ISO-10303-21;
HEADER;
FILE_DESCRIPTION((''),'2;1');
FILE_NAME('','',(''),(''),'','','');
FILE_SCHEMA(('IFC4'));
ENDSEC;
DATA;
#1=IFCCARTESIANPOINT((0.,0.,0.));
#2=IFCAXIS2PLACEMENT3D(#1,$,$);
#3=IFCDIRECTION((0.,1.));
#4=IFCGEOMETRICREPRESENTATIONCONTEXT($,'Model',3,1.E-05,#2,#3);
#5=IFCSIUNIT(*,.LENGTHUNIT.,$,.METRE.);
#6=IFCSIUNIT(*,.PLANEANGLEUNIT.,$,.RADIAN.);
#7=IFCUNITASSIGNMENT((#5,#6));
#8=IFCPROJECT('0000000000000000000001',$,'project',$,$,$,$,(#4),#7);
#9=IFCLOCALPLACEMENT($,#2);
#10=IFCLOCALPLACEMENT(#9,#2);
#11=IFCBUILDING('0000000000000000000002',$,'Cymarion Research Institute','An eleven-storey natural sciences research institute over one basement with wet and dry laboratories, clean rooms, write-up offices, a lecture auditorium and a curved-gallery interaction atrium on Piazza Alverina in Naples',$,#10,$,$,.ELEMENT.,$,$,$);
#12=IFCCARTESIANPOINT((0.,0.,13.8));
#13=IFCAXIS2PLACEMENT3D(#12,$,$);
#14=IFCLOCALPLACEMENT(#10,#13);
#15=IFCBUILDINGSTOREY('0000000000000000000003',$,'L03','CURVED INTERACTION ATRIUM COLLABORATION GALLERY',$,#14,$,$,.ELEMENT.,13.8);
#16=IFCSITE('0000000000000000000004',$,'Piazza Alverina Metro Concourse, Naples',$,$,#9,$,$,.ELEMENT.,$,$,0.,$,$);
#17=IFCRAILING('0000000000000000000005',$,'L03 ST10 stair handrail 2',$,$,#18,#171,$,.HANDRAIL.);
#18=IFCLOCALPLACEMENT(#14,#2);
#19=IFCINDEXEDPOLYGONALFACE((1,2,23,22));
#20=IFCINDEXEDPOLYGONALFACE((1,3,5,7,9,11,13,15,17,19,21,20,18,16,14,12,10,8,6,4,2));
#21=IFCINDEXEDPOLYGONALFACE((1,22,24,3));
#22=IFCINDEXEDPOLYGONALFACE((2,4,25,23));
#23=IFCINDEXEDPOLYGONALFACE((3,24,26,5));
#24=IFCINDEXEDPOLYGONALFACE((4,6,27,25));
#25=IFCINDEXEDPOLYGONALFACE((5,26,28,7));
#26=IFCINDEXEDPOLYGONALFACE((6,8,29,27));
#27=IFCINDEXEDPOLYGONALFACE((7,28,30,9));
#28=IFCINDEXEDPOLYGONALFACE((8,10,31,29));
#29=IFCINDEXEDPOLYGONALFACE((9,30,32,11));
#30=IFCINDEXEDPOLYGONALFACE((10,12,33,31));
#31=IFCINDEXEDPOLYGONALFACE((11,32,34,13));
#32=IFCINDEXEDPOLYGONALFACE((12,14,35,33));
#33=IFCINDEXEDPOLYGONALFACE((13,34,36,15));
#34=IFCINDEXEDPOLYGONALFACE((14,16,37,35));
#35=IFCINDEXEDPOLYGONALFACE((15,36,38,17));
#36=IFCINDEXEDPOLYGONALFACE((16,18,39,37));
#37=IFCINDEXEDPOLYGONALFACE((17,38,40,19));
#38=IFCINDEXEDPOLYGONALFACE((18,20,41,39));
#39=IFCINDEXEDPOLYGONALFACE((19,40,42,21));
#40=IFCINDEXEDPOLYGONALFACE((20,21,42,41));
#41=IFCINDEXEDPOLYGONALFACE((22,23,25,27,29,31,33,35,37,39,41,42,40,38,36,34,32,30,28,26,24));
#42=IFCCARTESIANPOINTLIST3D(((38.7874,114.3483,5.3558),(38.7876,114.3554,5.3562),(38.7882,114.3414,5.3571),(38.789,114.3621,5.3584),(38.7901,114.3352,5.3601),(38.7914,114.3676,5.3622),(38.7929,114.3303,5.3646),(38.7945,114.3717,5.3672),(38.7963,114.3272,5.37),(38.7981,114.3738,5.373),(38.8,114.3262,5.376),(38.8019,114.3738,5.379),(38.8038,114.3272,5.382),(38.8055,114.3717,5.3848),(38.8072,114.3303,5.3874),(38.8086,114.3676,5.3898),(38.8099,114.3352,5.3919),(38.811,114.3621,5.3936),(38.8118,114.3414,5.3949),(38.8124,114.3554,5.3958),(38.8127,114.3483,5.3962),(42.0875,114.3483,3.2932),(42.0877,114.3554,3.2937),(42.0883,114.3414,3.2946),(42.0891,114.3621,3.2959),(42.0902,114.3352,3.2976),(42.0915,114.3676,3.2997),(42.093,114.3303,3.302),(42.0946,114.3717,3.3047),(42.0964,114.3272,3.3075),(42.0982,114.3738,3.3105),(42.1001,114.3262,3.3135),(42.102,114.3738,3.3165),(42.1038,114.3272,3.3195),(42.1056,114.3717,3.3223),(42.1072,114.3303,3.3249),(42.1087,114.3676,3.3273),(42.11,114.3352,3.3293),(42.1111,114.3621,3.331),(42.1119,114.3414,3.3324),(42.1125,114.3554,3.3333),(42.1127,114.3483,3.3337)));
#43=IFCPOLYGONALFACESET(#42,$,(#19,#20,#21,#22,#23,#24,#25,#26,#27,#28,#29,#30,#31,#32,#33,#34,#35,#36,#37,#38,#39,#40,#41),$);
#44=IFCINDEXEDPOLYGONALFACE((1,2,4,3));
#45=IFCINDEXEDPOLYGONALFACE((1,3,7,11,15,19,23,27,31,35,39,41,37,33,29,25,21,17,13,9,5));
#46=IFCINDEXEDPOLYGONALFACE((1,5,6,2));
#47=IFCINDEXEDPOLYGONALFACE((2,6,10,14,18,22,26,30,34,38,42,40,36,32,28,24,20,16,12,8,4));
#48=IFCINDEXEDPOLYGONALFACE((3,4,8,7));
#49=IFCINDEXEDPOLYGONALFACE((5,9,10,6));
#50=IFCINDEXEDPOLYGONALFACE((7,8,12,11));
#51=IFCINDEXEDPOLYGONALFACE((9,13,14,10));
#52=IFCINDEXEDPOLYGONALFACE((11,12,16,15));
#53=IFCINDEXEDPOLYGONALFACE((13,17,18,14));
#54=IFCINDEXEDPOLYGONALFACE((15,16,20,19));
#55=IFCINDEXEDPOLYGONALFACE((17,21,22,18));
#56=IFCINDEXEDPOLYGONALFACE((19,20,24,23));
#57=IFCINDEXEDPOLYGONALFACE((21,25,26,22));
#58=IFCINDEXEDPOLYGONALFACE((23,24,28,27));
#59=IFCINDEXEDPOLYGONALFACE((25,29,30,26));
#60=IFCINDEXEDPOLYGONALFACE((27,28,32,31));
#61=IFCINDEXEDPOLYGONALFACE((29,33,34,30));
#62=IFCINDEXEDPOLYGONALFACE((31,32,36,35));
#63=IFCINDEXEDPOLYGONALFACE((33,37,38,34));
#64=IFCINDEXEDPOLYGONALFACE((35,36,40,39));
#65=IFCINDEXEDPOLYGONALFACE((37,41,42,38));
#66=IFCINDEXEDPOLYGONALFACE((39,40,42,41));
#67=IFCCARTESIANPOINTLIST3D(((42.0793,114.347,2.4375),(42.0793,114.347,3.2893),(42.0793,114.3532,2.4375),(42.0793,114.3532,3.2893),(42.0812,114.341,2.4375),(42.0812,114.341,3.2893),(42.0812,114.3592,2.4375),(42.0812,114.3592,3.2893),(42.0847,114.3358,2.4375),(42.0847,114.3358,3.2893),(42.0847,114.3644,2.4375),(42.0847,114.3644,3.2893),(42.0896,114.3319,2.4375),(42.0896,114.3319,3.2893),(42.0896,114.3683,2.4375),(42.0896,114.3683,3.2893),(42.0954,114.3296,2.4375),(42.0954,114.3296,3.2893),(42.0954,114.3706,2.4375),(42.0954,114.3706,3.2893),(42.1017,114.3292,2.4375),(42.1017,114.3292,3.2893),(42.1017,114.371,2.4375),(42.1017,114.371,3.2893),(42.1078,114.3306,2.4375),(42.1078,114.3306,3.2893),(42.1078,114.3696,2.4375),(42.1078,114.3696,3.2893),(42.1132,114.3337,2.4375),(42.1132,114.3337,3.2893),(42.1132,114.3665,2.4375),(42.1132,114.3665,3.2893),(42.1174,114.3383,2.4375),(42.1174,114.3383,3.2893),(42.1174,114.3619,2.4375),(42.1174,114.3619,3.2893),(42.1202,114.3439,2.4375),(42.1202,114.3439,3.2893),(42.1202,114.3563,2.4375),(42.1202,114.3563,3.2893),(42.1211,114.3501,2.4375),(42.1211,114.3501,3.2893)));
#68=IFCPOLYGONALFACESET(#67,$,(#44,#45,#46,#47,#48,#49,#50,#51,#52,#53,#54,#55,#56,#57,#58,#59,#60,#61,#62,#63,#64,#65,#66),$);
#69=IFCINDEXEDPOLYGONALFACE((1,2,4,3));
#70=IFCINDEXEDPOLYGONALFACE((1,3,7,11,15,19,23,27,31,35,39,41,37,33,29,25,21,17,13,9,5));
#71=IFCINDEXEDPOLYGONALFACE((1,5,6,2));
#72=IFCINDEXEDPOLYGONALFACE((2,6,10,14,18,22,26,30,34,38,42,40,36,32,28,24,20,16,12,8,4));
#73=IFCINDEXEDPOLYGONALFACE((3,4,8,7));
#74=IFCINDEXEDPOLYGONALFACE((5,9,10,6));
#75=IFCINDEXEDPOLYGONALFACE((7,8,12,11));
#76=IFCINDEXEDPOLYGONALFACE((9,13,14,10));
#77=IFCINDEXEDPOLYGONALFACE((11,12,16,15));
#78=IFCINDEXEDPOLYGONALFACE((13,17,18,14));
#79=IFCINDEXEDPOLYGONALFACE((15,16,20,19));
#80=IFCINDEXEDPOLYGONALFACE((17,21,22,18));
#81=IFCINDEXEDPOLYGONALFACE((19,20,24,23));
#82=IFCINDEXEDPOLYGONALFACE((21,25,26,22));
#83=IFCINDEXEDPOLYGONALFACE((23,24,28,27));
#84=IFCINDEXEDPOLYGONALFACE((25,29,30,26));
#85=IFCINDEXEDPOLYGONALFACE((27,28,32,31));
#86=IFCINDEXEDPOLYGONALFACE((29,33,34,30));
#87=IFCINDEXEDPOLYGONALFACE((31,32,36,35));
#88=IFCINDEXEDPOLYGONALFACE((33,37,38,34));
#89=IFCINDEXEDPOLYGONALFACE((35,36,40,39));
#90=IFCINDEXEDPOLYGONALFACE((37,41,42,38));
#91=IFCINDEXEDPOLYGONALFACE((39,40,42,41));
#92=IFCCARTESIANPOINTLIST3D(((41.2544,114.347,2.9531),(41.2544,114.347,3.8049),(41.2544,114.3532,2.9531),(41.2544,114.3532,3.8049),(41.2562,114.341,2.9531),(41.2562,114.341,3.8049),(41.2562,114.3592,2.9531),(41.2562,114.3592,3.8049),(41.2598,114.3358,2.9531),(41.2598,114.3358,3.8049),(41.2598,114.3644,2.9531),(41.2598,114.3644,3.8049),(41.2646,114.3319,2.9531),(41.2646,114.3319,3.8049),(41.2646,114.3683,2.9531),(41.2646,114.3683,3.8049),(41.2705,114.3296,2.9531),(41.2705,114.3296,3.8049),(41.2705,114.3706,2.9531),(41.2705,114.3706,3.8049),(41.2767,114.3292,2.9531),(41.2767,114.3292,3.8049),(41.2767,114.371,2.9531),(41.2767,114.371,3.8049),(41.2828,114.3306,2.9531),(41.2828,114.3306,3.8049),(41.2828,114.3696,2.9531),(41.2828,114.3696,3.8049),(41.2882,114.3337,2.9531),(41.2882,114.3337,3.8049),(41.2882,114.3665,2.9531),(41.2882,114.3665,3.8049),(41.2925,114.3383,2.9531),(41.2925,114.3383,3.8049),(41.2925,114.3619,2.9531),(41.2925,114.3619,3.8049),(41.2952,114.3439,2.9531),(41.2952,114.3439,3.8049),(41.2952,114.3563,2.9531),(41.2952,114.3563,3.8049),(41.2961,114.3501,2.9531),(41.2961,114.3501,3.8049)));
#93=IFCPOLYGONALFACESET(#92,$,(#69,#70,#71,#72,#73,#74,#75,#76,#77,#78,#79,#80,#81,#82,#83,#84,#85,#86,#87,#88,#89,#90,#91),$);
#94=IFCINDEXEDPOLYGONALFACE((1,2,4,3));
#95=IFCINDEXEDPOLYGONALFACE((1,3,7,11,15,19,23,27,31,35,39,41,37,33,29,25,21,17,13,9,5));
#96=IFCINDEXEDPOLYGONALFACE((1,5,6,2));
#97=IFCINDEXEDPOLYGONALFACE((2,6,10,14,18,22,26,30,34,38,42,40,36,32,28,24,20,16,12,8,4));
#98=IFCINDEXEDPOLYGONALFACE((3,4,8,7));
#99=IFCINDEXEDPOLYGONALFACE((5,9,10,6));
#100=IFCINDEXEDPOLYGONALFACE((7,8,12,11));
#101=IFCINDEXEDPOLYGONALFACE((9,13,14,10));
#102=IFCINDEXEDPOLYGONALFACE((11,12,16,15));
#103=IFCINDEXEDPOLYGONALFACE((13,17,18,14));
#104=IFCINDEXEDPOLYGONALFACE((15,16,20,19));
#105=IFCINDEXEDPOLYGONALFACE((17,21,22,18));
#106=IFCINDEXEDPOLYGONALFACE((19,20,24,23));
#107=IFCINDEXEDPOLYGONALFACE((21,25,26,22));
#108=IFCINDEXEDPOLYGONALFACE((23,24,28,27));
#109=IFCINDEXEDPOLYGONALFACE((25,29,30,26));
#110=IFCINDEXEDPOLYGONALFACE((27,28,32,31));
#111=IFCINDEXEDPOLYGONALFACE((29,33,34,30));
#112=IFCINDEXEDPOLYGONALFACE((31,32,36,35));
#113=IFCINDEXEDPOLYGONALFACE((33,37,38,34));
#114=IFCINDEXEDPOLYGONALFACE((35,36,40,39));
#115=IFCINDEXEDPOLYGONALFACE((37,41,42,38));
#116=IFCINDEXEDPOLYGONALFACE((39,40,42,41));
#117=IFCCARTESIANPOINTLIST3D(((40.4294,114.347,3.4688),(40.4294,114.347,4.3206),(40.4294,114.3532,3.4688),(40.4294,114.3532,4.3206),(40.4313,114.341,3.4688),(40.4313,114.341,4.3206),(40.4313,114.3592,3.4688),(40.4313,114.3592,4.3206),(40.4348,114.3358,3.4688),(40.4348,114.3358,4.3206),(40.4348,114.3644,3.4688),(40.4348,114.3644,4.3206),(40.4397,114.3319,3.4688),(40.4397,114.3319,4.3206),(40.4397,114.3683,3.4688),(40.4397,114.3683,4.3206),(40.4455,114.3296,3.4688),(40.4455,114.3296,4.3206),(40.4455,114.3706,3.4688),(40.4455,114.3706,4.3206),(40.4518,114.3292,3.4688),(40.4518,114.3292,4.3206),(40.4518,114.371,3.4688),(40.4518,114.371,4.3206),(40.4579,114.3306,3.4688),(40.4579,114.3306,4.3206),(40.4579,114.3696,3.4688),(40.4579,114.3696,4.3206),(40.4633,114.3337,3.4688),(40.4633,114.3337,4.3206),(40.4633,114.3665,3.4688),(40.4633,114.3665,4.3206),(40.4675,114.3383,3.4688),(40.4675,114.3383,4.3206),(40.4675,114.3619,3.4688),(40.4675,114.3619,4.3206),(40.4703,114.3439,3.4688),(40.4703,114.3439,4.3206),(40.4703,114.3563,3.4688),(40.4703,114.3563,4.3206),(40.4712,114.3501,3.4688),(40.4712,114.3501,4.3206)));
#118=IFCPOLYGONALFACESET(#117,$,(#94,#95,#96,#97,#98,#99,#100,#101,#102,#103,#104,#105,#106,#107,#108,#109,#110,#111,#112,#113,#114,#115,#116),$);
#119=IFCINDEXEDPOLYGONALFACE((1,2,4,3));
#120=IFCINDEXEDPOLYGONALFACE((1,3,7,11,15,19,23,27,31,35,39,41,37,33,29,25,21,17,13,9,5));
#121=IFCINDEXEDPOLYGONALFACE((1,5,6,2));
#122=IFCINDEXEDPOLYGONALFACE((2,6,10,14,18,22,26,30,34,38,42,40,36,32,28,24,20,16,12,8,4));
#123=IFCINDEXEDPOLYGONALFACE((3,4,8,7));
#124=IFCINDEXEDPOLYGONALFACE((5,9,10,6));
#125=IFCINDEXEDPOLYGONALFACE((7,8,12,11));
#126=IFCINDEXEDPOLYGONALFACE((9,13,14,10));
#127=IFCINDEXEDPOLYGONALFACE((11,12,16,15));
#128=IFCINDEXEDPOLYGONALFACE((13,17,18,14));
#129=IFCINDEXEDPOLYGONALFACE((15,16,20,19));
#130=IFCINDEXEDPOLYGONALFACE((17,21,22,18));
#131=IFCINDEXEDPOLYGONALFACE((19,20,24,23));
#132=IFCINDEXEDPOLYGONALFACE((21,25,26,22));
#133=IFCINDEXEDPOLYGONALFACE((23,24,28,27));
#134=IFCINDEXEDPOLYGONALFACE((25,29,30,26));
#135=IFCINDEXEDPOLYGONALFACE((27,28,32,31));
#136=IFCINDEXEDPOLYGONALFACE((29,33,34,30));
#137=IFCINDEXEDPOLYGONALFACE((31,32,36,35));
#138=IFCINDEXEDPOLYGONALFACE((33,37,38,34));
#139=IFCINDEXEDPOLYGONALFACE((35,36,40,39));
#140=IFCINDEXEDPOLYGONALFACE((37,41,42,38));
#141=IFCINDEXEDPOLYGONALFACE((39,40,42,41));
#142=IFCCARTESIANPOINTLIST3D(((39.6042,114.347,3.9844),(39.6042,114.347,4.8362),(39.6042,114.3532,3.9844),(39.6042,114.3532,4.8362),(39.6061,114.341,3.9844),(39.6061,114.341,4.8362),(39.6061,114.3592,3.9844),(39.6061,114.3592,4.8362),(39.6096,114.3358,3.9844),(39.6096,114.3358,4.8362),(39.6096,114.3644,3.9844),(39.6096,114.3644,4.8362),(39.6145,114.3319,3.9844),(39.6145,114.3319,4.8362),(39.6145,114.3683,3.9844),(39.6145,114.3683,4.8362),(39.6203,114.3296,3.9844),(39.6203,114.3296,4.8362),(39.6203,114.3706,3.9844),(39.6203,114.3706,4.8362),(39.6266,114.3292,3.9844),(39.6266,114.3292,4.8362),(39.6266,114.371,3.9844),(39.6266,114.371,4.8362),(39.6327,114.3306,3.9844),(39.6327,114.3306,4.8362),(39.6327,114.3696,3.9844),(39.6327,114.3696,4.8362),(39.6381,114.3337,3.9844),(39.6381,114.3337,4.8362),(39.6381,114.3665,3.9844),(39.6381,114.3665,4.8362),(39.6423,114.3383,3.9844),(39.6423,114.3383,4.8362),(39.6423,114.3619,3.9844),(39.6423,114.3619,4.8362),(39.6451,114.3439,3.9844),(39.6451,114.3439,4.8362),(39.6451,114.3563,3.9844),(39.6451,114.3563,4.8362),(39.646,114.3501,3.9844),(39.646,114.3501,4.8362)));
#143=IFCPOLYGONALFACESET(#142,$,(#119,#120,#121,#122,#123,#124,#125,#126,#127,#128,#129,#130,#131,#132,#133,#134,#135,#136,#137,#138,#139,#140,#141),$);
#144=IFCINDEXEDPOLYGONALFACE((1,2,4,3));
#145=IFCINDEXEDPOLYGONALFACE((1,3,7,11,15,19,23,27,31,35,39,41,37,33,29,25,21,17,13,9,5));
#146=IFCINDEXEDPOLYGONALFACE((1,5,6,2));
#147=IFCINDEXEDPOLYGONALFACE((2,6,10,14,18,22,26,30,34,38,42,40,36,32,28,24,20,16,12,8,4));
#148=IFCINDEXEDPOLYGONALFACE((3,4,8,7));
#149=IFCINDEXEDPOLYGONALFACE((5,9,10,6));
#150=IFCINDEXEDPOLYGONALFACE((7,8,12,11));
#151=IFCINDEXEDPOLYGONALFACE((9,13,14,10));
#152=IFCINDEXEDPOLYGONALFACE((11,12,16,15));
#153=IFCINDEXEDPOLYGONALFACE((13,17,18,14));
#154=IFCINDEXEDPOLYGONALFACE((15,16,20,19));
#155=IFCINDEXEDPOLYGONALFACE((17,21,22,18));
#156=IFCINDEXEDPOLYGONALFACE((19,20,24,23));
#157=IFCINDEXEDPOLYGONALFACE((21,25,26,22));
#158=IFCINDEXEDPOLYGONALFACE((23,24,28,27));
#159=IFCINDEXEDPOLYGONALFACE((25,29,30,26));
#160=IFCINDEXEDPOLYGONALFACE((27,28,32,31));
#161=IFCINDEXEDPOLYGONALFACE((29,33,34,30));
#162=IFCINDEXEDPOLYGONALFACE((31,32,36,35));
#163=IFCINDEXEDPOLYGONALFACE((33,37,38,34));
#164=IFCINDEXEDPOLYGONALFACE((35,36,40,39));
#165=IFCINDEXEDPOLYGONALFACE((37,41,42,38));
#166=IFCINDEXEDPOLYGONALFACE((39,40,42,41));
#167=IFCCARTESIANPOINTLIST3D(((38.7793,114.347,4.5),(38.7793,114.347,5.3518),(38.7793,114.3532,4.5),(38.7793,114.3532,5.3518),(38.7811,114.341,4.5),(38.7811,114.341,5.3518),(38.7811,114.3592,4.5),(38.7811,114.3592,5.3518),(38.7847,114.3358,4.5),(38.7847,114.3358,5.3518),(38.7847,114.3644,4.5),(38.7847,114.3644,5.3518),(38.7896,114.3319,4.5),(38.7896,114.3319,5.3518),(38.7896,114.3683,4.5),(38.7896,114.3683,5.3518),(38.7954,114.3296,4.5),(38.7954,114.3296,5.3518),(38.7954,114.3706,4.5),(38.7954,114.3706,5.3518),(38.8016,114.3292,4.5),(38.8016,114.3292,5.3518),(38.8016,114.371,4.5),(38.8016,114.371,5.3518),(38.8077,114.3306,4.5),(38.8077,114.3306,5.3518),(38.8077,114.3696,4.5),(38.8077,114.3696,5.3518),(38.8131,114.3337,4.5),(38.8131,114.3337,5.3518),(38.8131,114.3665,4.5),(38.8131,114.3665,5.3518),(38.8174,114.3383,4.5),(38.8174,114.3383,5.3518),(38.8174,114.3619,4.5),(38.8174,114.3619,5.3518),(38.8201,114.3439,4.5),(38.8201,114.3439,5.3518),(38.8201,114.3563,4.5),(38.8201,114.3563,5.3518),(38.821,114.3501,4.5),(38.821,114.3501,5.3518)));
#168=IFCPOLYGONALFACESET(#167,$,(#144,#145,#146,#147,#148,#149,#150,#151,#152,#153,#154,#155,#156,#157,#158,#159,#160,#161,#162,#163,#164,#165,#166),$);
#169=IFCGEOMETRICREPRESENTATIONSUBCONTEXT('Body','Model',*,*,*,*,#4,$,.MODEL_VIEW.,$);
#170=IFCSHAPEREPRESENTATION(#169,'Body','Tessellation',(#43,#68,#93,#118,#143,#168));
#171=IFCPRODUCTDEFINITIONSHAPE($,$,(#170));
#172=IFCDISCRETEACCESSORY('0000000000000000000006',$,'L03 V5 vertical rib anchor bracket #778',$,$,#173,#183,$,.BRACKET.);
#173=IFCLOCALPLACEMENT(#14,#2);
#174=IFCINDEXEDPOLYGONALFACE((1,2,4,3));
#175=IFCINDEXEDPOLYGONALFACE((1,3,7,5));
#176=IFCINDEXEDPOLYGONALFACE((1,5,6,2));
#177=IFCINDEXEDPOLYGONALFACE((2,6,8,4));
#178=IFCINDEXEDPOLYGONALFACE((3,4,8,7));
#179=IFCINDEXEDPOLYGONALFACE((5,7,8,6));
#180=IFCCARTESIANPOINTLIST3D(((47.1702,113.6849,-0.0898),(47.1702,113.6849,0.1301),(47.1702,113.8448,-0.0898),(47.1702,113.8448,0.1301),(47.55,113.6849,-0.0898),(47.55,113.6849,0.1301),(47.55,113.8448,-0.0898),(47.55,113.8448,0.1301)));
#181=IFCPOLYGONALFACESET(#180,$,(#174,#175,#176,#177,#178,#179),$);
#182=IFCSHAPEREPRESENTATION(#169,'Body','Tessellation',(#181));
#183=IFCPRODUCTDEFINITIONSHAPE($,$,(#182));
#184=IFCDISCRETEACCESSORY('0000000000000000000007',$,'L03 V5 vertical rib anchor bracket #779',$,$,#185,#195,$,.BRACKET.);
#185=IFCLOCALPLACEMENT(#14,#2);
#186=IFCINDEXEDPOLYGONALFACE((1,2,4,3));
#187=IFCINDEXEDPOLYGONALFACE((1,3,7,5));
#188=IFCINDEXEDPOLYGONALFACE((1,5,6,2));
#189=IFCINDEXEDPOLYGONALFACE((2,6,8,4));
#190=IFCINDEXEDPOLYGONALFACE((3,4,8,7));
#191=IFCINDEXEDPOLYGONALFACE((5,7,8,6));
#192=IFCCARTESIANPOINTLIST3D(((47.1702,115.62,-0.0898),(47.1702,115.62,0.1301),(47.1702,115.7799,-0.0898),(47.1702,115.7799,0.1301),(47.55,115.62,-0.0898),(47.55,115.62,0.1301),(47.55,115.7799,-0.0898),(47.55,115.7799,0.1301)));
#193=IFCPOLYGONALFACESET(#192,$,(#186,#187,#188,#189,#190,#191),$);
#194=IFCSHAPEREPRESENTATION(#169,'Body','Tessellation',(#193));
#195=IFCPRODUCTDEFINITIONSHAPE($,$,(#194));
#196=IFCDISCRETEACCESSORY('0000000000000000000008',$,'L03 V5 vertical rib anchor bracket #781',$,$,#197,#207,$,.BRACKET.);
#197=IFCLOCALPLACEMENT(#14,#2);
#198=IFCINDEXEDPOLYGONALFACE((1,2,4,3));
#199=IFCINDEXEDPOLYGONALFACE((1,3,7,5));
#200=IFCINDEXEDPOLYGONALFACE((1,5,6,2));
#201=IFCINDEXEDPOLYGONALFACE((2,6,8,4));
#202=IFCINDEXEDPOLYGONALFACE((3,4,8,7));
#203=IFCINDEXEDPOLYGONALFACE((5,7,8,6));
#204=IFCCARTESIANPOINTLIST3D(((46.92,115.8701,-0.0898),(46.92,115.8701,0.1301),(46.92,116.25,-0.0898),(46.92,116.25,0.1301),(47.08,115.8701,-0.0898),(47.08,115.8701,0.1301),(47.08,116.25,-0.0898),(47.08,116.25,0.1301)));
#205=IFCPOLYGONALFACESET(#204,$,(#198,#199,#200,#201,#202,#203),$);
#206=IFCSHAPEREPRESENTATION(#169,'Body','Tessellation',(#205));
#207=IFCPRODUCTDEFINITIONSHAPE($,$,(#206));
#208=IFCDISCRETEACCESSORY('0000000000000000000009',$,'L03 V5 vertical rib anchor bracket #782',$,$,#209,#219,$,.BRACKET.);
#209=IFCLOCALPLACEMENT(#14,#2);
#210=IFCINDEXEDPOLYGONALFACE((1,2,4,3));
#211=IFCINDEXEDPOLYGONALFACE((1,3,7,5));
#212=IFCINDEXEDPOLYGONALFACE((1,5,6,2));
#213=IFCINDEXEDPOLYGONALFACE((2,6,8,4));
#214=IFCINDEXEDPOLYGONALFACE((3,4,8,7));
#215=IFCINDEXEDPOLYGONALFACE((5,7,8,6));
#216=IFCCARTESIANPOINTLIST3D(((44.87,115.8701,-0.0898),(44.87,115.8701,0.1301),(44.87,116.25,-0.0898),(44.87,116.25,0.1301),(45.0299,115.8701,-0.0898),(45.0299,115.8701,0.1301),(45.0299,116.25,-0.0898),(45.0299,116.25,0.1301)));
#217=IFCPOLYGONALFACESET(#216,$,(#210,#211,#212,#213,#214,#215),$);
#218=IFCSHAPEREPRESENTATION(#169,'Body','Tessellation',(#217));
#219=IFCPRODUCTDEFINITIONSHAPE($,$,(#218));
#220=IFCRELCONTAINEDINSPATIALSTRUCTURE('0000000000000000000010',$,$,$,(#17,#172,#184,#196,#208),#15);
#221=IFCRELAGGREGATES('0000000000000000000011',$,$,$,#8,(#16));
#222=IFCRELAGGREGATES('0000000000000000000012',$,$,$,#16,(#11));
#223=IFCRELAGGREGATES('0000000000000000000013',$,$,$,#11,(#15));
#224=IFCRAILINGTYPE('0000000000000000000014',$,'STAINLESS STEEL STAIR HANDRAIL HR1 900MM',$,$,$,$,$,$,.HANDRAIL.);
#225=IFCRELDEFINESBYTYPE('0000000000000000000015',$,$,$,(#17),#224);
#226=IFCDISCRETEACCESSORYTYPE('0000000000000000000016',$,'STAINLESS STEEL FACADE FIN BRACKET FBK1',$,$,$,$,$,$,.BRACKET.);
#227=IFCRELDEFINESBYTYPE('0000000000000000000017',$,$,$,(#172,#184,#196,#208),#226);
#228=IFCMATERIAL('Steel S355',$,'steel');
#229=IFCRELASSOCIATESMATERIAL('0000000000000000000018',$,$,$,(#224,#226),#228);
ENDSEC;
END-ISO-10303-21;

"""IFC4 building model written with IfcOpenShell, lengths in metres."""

from ifc_helpers import new_model, si_unit, direction, frame, origin, origin_2d, place, context, subcontext, project, spatial, rectangle, circle, extrude, material, type_object, element, save


model = new_model("IFC4")

# Units and contexts
model_context = context("Model", 3, precision=1e-05, world=origin(), true_north=direction((0.0, 1.0)))
body_context = subcontext(model_context, "Body", "Model", "MODEL_VIEW")
ifc_project = project(units=[si_unit("LENGTHUNIT", "METRE"), si_unit("PLANEANGLEUNIT", "RADIAN")], contexts=[model_context])

# Site, building, storey
site_placement = place(None, origin())
site = spatial("IfcSite", under=ifc_project, at=site_placement, Name="Piazza Alverina Metro Concourse, Naples", CompositionType="ELEMENT", RefElevation=0.0)
building_placement = place(site_placement, origin())
building = spatial("IfcBuilding", under=site, at=building_placement, Name="Cymarion Research Institute", Description="An eleven-storey natural sciences research institute over one basement with wet and dry laboratories, clean rooms, write-up offices, a lecture auditorium and a curved-gallery interaction atrium on Piazza Alverina in Naples", CompositionType="ELEMENT")
storey_placement = place(building_placement, frame((0.0, 0.0, 13.8)))
storey = spatial("IfcBuildingStorey", under=building, at=storey_placement, Name="L03", Description="CURVED INTERACTION ATRIUM COLLABORATION GALLERY", CompositionType="ELEMENT", Elevation=13.8)

# Shared definitions
ifc_material_1 = material(Name="Steel S355", Category="steel")

# Railing
railing_type = type_object("IfcRailingType", Name="STAINLESS STEEL STAIR HANDRAIL HR1 900MM", PredefinedType="HANDRAIL", material=ifc_material_1)
railing_placement = place(storey_placement, frame((42.1001, 114.3501, 2.4375)))
element("IfcRailing", 1, at=railing_placement, inside=storey, type_object=railing_type, Name="L03 ST10 stair handrail 2", PredefinedType="HANDRAIL", context=body_context, shape_type="SweptSolid", body=[
    extrude(circle(Radius=0.0239, at=origin_2d()), frame((0.0, 0.0, 0.876), z_axis=(-0.848002, 0.0, 0.529993), x_axis=(0.0, -1.0, 0.0)), (0.0, 0.0, 1.0), 3.8916),
    extrude(circle(Radius=0.021, at=origin_2d()), origin(), (0.0, 0.0, 1.0), 0.8518),
    extrude(circle(Radius=0.021, at=origin_2d()), frame((-0.825, 0.0, 0.5156)), (0.0, 0.0, 1.0), 0.8518),
    extrude(circle(Radius=0.021, at=origin_2d()), frame((-1.6499, 0.0, 1.0312)), (0.0, 0.0, 1.0), 0.8518),
    extrude(circle(Radius=0.021, at=origin_2d()), frame((-2.4751, 0.0, 1.5469)), (0.0, 0.0, 1.0), 0.8518),
    extrude(circle(Radius=0.021, at=origin_2d()), frame((-3.3, 0.0, 2.0625)), (0.0, 0.0, 1.0), 0.8518),
])

# Discrete accessories
discrete_accessory_type = type_object("IfcDiscreteAccessoryType", Name="STAINLESS STEEL FACADE FIN BRACKET FBK1", PredefinedType="BRACKET", material=ifc_material_1)
for number, where, z_axis, x_axis, name in (
    (2, (47.3601, 113.7649, -0.0898), (0.0, 0.0, 1.0), (1.0, 0.0, 0.0), "L03 V5 vertical rib anchor bracket #778"),
    (3, (47.3601, 115.7, -0.0898), (0.0, 0.0, 1.0), (1.0, 0.0, 0.0), "L03 V5 vertical rib anchor bracket #779"),
    (4, (47.0, 116.0601, -0.0898), (0.0, 0.0, 1.0), (0.0, 1.0, 0.0), "L03 V5 vertical rib anchor bracket #781"),
    (5, (44.95, 116.0601, -0.0898), (0.0, 0.0, 1.0), (0.0, 1.0, 0.0), "L03 V5 vertical rib anchor bracket #782"),
):
    element("IfcDiscreteAccessory", number, at=place(storey_placement, frame(where, z_axis=z_axis, x_axis=x_axis)), inside=storey, type_object=discrete_accessory_type, Name=name, PredefinedType="BRACKET", context=body_context, shape_type="SweptSolid", body=[
        extrude(rectangle(XDim=0.3799, YDim=0.1599, at=origin_2d()), origin(), (0.0, 0.0, 1.0), 0.22),
    ])

save(model, "model.ifc")
